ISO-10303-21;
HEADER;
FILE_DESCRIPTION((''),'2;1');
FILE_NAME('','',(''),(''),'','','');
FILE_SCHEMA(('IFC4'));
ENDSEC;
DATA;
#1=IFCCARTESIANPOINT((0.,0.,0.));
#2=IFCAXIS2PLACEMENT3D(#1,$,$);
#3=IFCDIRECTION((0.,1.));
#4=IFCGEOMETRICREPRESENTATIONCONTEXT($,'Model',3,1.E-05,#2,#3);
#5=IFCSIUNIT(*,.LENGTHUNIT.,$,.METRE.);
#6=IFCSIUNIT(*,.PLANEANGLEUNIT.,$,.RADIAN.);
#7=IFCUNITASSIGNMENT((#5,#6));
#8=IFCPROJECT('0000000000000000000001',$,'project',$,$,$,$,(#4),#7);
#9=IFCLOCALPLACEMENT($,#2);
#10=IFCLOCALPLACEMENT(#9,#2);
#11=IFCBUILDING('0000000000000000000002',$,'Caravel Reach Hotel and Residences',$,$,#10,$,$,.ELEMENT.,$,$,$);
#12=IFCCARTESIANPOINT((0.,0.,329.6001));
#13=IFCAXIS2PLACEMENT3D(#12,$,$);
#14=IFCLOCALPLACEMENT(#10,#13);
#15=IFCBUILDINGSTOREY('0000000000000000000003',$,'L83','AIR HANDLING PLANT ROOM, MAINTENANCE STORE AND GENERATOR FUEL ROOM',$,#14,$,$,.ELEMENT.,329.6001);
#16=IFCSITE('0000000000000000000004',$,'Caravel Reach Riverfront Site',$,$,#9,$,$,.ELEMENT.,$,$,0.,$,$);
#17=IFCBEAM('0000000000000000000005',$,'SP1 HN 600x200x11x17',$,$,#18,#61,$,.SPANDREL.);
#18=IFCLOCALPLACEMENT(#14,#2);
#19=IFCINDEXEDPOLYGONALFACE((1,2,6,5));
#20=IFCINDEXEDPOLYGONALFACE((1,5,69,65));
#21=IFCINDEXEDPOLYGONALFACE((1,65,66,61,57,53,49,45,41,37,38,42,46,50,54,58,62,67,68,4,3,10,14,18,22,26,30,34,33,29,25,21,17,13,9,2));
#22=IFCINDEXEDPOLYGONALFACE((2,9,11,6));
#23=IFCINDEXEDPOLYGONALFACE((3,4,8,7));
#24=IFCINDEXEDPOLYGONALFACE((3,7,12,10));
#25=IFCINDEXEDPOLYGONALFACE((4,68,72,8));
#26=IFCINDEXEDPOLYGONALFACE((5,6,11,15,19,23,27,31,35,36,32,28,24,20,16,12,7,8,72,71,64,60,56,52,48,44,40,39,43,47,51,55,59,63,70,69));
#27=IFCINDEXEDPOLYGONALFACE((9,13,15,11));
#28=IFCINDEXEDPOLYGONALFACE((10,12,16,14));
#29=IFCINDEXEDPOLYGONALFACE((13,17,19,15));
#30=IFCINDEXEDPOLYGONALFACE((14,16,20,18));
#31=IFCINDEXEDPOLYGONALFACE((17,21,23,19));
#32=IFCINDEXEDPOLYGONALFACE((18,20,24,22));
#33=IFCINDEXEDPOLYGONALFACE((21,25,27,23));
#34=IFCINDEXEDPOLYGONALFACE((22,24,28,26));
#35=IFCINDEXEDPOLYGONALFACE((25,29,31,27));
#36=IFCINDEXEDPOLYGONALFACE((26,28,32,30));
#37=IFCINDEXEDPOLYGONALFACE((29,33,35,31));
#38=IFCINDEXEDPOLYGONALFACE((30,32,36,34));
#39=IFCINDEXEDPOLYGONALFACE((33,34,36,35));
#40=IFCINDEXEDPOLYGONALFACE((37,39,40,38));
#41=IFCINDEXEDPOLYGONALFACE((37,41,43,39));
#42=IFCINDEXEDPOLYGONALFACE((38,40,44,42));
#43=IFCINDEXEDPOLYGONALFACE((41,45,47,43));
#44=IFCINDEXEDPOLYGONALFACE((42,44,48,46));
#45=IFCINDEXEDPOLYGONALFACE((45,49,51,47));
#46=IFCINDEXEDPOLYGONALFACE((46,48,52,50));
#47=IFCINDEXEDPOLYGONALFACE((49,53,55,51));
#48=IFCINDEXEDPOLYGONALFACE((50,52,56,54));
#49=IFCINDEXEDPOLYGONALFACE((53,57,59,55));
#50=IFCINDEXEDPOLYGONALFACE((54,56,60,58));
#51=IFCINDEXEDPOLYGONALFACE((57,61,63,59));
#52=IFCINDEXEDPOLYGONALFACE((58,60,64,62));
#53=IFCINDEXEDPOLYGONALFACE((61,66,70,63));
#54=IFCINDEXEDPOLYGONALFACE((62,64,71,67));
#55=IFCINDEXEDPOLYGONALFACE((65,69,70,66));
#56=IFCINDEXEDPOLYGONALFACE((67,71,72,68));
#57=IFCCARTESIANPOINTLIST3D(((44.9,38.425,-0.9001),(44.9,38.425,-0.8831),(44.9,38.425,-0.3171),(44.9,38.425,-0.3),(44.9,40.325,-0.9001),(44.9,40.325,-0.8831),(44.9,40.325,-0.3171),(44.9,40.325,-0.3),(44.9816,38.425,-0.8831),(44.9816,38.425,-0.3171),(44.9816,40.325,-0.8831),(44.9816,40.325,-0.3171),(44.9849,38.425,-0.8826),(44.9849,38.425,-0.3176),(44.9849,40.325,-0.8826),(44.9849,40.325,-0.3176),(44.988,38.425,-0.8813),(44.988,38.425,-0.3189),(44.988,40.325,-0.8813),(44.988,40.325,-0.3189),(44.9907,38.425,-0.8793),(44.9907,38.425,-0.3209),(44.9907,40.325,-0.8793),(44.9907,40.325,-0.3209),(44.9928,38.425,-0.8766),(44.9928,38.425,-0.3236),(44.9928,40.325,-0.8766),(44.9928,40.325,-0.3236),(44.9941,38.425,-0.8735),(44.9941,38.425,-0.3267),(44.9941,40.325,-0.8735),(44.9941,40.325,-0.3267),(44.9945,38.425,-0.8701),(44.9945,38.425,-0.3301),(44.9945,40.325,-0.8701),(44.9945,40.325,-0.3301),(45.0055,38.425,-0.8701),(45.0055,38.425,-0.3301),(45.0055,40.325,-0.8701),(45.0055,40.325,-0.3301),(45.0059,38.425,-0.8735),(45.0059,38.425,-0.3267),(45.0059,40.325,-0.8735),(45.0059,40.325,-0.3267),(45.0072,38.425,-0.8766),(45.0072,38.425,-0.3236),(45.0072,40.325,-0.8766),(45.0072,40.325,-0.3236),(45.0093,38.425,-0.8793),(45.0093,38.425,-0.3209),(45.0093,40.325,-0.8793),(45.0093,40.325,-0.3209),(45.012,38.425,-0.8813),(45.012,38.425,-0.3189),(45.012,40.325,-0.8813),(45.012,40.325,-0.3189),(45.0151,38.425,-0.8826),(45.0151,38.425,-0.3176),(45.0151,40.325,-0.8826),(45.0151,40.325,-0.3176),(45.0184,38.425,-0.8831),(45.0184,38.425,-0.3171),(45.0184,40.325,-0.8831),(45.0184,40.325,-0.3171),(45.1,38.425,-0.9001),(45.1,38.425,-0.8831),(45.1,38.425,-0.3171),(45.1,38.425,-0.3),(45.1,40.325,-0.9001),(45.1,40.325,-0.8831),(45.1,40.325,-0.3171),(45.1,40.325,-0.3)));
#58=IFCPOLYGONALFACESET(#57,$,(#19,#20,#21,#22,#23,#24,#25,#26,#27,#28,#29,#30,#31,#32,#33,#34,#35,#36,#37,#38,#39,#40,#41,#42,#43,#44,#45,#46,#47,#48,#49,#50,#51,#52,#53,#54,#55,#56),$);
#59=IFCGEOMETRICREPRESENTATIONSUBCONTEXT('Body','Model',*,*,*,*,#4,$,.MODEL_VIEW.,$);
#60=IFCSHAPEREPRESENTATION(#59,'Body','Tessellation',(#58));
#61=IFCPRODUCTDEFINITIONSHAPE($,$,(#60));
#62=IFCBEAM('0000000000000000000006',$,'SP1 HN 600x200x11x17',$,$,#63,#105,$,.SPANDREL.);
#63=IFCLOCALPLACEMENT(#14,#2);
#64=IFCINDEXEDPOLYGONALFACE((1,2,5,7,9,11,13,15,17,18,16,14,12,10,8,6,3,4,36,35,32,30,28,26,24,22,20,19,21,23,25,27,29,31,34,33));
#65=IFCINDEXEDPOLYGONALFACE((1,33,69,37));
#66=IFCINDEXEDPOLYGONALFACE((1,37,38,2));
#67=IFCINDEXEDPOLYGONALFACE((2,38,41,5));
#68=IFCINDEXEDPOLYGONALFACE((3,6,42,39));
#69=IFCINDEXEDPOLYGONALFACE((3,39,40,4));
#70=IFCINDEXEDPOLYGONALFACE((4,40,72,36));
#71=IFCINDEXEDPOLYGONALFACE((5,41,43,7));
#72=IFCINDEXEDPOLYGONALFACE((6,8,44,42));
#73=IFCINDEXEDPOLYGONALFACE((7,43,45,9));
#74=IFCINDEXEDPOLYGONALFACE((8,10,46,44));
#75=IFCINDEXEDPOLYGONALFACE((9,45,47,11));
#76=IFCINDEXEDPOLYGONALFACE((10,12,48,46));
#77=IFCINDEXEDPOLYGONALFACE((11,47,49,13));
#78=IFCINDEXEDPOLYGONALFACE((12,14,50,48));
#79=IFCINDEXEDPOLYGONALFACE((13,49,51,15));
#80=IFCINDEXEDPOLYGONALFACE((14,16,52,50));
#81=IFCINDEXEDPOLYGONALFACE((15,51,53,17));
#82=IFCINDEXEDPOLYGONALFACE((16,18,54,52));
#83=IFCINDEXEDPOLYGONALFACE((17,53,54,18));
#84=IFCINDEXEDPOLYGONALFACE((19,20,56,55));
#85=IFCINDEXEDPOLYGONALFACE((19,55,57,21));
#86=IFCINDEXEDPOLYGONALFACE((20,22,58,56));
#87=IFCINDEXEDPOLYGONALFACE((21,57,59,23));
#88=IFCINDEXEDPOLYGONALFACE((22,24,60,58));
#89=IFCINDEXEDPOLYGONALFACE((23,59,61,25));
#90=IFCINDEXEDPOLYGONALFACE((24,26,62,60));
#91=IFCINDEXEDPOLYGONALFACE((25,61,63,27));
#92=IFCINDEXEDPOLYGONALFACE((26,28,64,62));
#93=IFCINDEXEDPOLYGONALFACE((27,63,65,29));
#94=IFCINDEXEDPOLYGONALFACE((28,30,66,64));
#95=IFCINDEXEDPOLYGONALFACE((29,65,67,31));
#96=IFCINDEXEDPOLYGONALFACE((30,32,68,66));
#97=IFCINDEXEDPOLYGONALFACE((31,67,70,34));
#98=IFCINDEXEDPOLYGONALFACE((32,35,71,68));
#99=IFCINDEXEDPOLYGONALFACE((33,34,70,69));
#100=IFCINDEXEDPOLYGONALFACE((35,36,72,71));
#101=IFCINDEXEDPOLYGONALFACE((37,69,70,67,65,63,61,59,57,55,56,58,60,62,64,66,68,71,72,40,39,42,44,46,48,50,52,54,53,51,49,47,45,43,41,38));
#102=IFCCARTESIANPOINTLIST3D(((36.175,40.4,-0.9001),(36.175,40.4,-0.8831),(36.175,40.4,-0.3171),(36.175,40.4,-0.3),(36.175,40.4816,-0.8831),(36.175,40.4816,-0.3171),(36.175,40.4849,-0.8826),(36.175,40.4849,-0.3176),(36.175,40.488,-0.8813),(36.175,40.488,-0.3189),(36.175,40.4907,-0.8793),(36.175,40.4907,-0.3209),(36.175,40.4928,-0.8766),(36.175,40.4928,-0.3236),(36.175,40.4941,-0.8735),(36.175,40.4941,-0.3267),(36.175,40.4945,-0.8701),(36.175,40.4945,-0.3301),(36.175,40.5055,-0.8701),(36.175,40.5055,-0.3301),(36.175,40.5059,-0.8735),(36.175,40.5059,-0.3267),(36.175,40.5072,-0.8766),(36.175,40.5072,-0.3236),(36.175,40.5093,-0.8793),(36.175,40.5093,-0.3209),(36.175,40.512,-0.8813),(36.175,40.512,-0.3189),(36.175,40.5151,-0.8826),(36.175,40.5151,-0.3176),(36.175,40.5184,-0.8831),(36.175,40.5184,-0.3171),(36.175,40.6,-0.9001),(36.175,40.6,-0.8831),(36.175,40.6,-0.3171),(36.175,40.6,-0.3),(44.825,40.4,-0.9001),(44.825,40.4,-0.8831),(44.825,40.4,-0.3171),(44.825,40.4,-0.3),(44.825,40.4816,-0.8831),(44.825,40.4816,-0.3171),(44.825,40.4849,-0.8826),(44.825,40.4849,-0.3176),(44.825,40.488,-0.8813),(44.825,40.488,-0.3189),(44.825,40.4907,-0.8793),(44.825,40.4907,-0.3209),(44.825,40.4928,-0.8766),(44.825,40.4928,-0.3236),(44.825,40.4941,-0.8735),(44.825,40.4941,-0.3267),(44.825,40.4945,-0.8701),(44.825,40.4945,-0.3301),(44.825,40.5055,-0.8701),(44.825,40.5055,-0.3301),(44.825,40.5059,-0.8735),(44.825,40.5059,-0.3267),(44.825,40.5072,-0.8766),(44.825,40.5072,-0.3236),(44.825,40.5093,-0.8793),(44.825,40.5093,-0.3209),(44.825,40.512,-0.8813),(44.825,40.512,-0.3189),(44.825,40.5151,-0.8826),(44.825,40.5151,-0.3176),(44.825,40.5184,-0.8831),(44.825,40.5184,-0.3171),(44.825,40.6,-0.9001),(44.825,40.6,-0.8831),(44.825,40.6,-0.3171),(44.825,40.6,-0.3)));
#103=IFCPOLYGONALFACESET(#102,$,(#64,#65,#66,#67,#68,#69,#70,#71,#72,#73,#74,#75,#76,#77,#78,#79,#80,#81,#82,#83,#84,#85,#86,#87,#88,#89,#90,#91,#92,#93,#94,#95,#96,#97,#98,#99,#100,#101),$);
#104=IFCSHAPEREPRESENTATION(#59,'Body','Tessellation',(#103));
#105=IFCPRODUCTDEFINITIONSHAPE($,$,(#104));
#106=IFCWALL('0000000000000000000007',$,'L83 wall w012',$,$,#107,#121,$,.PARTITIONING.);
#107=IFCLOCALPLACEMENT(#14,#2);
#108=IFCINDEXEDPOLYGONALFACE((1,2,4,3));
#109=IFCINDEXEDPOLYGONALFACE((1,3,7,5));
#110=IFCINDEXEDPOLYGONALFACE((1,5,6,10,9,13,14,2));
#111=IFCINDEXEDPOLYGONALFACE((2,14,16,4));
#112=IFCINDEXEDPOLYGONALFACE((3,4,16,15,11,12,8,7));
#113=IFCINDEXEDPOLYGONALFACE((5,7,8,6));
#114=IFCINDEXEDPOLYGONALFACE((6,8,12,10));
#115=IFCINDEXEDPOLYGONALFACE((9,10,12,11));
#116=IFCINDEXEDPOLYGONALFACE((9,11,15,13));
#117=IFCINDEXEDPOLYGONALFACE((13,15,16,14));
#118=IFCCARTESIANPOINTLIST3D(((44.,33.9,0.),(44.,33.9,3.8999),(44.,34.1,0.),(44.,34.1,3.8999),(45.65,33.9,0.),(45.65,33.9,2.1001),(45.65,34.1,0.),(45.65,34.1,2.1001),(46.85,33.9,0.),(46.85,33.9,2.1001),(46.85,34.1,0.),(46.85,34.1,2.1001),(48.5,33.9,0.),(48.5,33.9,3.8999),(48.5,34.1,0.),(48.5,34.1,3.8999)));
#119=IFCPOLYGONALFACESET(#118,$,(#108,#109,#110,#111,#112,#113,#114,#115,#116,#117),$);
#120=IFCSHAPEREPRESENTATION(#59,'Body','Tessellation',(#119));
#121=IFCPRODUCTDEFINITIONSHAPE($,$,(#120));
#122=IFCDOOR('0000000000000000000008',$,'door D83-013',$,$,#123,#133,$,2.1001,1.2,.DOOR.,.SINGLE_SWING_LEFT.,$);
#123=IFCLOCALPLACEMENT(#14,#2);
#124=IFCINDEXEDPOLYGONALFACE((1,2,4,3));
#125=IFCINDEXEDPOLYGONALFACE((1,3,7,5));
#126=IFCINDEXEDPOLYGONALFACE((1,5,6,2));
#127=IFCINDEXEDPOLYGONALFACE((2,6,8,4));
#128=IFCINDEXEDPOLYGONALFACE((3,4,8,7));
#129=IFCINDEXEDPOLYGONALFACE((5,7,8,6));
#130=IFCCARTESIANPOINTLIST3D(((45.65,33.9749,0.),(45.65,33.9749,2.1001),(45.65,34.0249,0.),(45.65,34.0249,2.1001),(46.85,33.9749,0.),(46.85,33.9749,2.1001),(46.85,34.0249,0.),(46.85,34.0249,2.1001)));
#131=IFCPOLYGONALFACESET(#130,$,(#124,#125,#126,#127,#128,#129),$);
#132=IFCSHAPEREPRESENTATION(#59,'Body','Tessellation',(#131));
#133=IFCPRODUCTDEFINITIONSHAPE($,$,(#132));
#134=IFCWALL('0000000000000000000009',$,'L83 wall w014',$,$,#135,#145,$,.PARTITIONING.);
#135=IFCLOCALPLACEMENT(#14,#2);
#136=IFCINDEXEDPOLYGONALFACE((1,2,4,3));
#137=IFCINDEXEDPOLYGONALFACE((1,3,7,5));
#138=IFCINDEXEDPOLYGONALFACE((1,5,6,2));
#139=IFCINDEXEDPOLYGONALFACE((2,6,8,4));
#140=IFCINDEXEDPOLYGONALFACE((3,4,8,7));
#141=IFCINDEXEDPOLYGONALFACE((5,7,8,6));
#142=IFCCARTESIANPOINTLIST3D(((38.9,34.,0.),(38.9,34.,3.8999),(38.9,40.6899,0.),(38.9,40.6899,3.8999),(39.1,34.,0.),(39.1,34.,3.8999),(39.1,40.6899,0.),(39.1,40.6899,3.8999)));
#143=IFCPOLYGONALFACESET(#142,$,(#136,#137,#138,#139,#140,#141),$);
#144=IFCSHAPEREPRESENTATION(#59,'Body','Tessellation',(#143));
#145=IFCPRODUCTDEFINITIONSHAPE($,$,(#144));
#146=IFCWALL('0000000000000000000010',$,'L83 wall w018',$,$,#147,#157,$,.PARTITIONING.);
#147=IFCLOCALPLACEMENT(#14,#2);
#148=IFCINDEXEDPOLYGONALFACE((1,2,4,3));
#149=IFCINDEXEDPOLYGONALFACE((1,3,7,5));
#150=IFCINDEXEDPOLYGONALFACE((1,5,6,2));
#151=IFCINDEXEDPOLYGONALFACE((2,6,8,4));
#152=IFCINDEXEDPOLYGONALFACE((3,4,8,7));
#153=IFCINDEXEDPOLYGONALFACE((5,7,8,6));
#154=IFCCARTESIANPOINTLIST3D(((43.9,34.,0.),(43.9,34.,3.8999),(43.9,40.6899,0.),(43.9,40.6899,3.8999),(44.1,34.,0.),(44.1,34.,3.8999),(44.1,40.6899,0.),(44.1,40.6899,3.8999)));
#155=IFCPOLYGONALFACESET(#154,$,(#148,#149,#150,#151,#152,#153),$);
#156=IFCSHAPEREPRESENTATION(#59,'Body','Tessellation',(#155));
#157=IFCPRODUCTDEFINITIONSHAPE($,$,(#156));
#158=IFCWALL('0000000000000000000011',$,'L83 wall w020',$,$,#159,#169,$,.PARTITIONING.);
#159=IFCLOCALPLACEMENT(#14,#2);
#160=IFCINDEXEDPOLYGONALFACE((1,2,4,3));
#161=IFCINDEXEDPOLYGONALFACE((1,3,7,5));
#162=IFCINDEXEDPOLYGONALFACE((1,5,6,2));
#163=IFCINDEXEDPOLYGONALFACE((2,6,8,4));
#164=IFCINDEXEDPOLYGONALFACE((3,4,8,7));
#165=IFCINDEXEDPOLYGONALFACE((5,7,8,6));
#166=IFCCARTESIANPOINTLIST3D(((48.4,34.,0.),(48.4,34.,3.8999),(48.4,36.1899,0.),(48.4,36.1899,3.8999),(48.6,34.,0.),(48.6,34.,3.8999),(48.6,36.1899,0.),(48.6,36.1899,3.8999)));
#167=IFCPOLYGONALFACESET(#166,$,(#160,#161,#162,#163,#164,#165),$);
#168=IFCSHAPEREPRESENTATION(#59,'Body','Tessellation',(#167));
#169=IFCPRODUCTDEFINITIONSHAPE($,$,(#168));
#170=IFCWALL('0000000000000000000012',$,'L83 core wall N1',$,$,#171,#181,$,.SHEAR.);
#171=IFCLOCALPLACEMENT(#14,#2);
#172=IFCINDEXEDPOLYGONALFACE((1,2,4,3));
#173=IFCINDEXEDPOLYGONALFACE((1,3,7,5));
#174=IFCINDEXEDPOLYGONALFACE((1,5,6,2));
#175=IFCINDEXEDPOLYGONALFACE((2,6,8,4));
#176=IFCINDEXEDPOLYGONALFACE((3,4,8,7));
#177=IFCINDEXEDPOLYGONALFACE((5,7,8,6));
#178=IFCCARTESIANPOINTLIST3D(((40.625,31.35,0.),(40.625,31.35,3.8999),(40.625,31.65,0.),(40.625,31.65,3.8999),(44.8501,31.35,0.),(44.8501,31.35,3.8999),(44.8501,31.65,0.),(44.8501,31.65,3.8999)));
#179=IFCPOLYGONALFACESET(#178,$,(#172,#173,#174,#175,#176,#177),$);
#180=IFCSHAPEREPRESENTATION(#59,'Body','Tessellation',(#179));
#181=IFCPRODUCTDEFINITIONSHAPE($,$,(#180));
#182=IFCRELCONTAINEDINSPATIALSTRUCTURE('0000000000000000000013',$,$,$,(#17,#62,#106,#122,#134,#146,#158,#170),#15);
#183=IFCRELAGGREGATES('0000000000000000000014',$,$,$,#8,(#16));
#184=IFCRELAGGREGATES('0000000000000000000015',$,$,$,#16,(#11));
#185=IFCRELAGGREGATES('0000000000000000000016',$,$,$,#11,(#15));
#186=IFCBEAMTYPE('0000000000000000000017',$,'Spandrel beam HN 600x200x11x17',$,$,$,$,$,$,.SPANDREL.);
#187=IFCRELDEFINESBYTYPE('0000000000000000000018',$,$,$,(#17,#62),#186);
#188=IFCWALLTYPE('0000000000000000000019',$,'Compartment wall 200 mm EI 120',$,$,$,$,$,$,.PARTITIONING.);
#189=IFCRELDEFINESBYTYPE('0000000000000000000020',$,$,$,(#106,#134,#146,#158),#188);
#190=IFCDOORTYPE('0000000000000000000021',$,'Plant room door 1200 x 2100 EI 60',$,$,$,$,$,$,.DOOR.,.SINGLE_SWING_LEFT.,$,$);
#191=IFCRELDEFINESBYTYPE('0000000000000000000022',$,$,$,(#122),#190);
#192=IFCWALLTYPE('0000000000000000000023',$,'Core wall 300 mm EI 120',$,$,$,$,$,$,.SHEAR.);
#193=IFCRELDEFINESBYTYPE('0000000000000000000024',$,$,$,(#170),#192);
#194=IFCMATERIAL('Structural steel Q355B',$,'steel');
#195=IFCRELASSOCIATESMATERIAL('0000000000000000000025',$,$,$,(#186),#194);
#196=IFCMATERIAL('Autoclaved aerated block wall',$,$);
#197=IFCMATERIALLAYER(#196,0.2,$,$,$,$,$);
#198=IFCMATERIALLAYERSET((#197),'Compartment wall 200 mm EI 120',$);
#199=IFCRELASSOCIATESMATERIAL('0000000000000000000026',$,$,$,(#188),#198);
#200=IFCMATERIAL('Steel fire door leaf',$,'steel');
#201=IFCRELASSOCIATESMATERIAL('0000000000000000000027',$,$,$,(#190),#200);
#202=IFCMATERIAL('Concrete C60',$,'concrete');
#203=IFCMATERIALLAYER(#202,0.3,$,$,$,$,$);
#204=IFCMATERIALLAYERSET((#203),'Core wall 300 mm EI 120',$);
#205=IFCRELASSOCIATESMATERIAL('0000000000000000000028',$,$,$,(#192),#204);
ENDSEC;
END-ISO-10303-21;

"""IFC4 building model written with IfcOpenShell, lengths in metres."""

from ifc_helpers import new_model, si_unit, direction, frame, frame_2d, origin, origin_2d, place, context, subcontext, project, spatial, rectangle, i_section, extrude, material, layer, layer_set, material_profile, profile_set, type_object, element, fill, save


model = new_model("IFC4")

# Units and contexts
model_context = context("Model", 3, precision=1e-05, world=origin(), true_north=direction((0.0, 1.0)))
body_context = subcontext(model_context, "Body", "Model", "MODEL_VIEW")
ifc_project = project(units=[si_unit("LENGTHUNIT", "METRE"), si_unit("PLANEANGLEUNIT", "RADIAN")], contexts=[model_context])

# Site, building, storey
site_placement = place(None, origin())
site = spatial("IfcSite", under=ifc_project, at=site_placement, Name="Caravel Reach Riverfront Site", CompositionType="ELEMENT", RefElevation=0.0)
building_placement = place(site_placement, origin())
building = spatial("IfcBuilding", under=site, at=building_placement, Name="Caravel Reach Hotel and Residences", CompositionType="ELEMENT")
storey_placement = place(building_placement, frame((0.0, 0.0, 329.6001)))
storey = spatial("IfcBuildingStorey", under=building, at=storey_placement, Name="L83", Description="AIR HANDLING PLANT ROOM, MAINTENANCE STORE AND GENERATOR FUEL ROOM", CompositionType="ELEMENT", Elevation=329.6001)

# Beams
ifc_material_1 = material(Name="Structural steel Q355B", Category="steel")
ifc_material_profile_1 = material_profile(ifc_material_1, i_section(OverallWidth=0.2, OverallDepth=0.6001, WebThickness=0.011, FlangeThickness=0.0171, FilletRadius=0.0129, at=origin_2d()), Name="HN 600x200x11x17")
ifc_profile_set_1 = profile_set([ifc_material_profile_1], Name="Structural steel Q355B")
beam_type_1 = type_object("IfcBeamType", Name="Spandrel beam HN 600x200x11x17", PredefinedType="SPANDREL", material=ifc_profile_set_1)
for number, where, z_axis, x_axis, name in (
    (1, (45.0, 38.425, -0.6001), (0.0, 1.0, 0.0), (-1.0, 0.0, 0.0), "SP1 HN 600x200x11x17"),
):
    element("IfcBeam", number, at=place(storey_placement, frame(where, z_axis=z_axis, x_axis=x_axis)), inside=storey, type_object=beam_type_1, Name=name, PredefinedType="SPANDREL", context=body_context, shape_type="SweptSolid", body=[
        extrude(i_section(OverallWidth=0.2, OverallDepth=0.6001, WebThickness=0.011, FlangeThickness=0.0171, FilletRadius=0.0129, at=origin_2d()), origin(), (0.0, 0.0, 1.0), 1.8999),
    ])
beam_1_placement = place(storey_placement, frame((44.825, 40.5, -0.6001), z_axis=(-1.0, 0.0, 0.0), x_axis=(0.0, -1.0, 0.0)))
element("IfcBeam", 2, at=beam_1_placement, inside=storey, type_object=beam_type_1, Name="SP1 HN 600x200x11x17", PredefinedType="SPANDREL", context=body_context, shape_type="SweptSolid", body=[
    extrude(i_section(OverallWidth=0.2, OverallDepth=0.6001, WebThickness=0.011, FlangeThickness=0.0171, FilletRadius=0.0129, at=origin_2d()), origin(), (0.0, 0.0, 1.0), 8.6499),
])

# Wall, opening, door
ifc_material_2 = material(Name="Autoclaved aerated block wall")
ifc_layer_1 = layer(ifc_material_2, 0.2)
ifc_layer_set_1 = layer_set([ifc_layer_1], Name="Compartment wall 200 mm EI 120")
wall_type_1 = type_object("IfcWallType", Name="Compartment wall 200 mm EI 120", PredefinedType="PARTITIONING", material=ifc_layer_set_1)
wall_1_placement = place(storey_placement, frame((44.0, 34.0, 0.0), z_axis=(0.0, 0.0, 1.0), x_axis=(1.0, 0.0, 0.0)))
wall_1 = element("IfcWall", 3, at=wall_1_placement, inside=storey, type_object=wall_type_1, Name="L83 wall w012", PredefinedType="PARTITIONING", context=body_context, shape_type="SweptSolid", body=[
    extrude(rectangle(XDim=4.5, YDim=0.2, at=frame_2d((2.25, 0.0))), origin(), (0.0, 0.0, 1.0), 3.8999),
])
opening_1_placement = place(wall_1_placement, frame((1.6499, 0.0, 0.0)))
opening_1 = element("IfcOpeningElement", 4, at=opening_1_placement, cuts=wall_1, PredefinedType="OPENING", context=body_context, shape_type="SweptSolid", body=[
    extrude(rectangle(XDim=1.2, YDim=2.1001, at=frame_2d((0.6001, 1.05))), frame((0.0, 0.1099, 0.0), z_axis=(0.0, -1.0, 0.0), x_axis=(1.0, 0.0, 0.0)), (0.0, 0.0, 1.0), 0.22),
])
ifc_material_3 = material(Name="Steel fire door leaf", Category="steel")
door_type_1 = type_object("IfcDoorType", Name="Plant room door 1200 x 2100 EI 60", OperationType="SINGLE_SWING_LEFT", PredefinedType="DOOR", material=ifc_material_3)
door_1_placement = place(opening_1_placement, origin())
door_1 = element("IfcDoor", 5, at=door_1_placement, inside=storey, type_object=door_type_1, Name="door D83-013", OperationType="SINGLE_SWING_LEFT", OverallHeight=2.1001, OverallWidth=1.2, PredefinedType="DOOR", context=body_context, shape_type="SweptSolid", body=[
    extrude(rectangle(XDim=1.2, YDim=2.1001, at=frame_2d((0.6001, 1.05))), frame((0.0, 0.0249, 0.0), z_axis=(0.0, -1.0, 0.0), x_axis=(1.0, 0.0, 0.0)), (0.0, 0.0, 1.0), 0.05),
])
fill(opening_1, door_1)

# Walls
for number, where, z_axis, x_axis, name in (
    (6, (39.0, 34.0, 0.0), (0.0, 0.0, 1.0), (0.0, 1.0, 0.0), "L83 wall w014"),
    (7, (44.0, 34.0, 0.0), (0.0, 0.0, 1.0), (0.0, 1.0, 0.0), "L83 wall w018"),
):
    element("IfcWall", number, at=place(storey_placement, frame(where, z_axis=z_axis, x_axis=x_axis)), inside=storey, type_object=wall_type_1, Name=name, PredefinedType="PARTITIONING", context=body_context, shape_type="SweptSolid", body=[
        extrude(rectangle(XDim=6.6899, YDim=0.2, at=frame_2d((3.345, 0.0))), origin(), (0.0, 0.0, 1.0), 3.8999),
    ])
wall_2_placement = place(storey_placement, frame((48.5, 34.0, 0.0), z_axis=(0.0, 0.0, 1.0), x_axis=(0.0, 1.0, 0.0)))
element("IfcWall", 8, at=wall_2_placement, inside=storey, type_object=wall_type_1, Name="L83 wall w020", PredefinedType="PARTITIONING", context=body_context, shape_type="SweptSolid", body=[
    extrude(rectangle(XDim=2.1899, YDim=0.2, at=frame_2d((1.095, 0.0))), origin(), (0.0, 0.0, 1.0), 3.8999),
])
ifc_material_4 = material(Name="Concrete C60", Category="concrete")
ifc_layer_2 = layer(ifc_material_4, 0.3)
ifc_layer_set_2 = layer_set([ifc_layer_2], Name="Core wall 300 mm EI 120")
wall_type_2 = type_object("IfcWallType", Name="Core wall 300 mm EI 120", PredefinedType="SHEAR", material=ifc_layer_set_2)
wall_3_placement = place(storey_placement, frame((40.625, 31.5, 0.0), z_axis=(0.0, 0.0, 1.0), x_axis=(1.0, 0.0, 0.0)))
element("IfcWall", 9, at=wall_3_placement, inside=storey, type_object=wall_type_2, Name="L83 core wall N1", PredefinedType="SHEAR", context=body_context, shape_type="SweptSolid", body=[
    extrude(rectangle(XDim=4.2251, YDim=0.3, at=frame_2d((2.1125, 0.0))), origin(), (0.0, 0.0, 1.0), 3.8999),
])

save(model, "model.ifc")
